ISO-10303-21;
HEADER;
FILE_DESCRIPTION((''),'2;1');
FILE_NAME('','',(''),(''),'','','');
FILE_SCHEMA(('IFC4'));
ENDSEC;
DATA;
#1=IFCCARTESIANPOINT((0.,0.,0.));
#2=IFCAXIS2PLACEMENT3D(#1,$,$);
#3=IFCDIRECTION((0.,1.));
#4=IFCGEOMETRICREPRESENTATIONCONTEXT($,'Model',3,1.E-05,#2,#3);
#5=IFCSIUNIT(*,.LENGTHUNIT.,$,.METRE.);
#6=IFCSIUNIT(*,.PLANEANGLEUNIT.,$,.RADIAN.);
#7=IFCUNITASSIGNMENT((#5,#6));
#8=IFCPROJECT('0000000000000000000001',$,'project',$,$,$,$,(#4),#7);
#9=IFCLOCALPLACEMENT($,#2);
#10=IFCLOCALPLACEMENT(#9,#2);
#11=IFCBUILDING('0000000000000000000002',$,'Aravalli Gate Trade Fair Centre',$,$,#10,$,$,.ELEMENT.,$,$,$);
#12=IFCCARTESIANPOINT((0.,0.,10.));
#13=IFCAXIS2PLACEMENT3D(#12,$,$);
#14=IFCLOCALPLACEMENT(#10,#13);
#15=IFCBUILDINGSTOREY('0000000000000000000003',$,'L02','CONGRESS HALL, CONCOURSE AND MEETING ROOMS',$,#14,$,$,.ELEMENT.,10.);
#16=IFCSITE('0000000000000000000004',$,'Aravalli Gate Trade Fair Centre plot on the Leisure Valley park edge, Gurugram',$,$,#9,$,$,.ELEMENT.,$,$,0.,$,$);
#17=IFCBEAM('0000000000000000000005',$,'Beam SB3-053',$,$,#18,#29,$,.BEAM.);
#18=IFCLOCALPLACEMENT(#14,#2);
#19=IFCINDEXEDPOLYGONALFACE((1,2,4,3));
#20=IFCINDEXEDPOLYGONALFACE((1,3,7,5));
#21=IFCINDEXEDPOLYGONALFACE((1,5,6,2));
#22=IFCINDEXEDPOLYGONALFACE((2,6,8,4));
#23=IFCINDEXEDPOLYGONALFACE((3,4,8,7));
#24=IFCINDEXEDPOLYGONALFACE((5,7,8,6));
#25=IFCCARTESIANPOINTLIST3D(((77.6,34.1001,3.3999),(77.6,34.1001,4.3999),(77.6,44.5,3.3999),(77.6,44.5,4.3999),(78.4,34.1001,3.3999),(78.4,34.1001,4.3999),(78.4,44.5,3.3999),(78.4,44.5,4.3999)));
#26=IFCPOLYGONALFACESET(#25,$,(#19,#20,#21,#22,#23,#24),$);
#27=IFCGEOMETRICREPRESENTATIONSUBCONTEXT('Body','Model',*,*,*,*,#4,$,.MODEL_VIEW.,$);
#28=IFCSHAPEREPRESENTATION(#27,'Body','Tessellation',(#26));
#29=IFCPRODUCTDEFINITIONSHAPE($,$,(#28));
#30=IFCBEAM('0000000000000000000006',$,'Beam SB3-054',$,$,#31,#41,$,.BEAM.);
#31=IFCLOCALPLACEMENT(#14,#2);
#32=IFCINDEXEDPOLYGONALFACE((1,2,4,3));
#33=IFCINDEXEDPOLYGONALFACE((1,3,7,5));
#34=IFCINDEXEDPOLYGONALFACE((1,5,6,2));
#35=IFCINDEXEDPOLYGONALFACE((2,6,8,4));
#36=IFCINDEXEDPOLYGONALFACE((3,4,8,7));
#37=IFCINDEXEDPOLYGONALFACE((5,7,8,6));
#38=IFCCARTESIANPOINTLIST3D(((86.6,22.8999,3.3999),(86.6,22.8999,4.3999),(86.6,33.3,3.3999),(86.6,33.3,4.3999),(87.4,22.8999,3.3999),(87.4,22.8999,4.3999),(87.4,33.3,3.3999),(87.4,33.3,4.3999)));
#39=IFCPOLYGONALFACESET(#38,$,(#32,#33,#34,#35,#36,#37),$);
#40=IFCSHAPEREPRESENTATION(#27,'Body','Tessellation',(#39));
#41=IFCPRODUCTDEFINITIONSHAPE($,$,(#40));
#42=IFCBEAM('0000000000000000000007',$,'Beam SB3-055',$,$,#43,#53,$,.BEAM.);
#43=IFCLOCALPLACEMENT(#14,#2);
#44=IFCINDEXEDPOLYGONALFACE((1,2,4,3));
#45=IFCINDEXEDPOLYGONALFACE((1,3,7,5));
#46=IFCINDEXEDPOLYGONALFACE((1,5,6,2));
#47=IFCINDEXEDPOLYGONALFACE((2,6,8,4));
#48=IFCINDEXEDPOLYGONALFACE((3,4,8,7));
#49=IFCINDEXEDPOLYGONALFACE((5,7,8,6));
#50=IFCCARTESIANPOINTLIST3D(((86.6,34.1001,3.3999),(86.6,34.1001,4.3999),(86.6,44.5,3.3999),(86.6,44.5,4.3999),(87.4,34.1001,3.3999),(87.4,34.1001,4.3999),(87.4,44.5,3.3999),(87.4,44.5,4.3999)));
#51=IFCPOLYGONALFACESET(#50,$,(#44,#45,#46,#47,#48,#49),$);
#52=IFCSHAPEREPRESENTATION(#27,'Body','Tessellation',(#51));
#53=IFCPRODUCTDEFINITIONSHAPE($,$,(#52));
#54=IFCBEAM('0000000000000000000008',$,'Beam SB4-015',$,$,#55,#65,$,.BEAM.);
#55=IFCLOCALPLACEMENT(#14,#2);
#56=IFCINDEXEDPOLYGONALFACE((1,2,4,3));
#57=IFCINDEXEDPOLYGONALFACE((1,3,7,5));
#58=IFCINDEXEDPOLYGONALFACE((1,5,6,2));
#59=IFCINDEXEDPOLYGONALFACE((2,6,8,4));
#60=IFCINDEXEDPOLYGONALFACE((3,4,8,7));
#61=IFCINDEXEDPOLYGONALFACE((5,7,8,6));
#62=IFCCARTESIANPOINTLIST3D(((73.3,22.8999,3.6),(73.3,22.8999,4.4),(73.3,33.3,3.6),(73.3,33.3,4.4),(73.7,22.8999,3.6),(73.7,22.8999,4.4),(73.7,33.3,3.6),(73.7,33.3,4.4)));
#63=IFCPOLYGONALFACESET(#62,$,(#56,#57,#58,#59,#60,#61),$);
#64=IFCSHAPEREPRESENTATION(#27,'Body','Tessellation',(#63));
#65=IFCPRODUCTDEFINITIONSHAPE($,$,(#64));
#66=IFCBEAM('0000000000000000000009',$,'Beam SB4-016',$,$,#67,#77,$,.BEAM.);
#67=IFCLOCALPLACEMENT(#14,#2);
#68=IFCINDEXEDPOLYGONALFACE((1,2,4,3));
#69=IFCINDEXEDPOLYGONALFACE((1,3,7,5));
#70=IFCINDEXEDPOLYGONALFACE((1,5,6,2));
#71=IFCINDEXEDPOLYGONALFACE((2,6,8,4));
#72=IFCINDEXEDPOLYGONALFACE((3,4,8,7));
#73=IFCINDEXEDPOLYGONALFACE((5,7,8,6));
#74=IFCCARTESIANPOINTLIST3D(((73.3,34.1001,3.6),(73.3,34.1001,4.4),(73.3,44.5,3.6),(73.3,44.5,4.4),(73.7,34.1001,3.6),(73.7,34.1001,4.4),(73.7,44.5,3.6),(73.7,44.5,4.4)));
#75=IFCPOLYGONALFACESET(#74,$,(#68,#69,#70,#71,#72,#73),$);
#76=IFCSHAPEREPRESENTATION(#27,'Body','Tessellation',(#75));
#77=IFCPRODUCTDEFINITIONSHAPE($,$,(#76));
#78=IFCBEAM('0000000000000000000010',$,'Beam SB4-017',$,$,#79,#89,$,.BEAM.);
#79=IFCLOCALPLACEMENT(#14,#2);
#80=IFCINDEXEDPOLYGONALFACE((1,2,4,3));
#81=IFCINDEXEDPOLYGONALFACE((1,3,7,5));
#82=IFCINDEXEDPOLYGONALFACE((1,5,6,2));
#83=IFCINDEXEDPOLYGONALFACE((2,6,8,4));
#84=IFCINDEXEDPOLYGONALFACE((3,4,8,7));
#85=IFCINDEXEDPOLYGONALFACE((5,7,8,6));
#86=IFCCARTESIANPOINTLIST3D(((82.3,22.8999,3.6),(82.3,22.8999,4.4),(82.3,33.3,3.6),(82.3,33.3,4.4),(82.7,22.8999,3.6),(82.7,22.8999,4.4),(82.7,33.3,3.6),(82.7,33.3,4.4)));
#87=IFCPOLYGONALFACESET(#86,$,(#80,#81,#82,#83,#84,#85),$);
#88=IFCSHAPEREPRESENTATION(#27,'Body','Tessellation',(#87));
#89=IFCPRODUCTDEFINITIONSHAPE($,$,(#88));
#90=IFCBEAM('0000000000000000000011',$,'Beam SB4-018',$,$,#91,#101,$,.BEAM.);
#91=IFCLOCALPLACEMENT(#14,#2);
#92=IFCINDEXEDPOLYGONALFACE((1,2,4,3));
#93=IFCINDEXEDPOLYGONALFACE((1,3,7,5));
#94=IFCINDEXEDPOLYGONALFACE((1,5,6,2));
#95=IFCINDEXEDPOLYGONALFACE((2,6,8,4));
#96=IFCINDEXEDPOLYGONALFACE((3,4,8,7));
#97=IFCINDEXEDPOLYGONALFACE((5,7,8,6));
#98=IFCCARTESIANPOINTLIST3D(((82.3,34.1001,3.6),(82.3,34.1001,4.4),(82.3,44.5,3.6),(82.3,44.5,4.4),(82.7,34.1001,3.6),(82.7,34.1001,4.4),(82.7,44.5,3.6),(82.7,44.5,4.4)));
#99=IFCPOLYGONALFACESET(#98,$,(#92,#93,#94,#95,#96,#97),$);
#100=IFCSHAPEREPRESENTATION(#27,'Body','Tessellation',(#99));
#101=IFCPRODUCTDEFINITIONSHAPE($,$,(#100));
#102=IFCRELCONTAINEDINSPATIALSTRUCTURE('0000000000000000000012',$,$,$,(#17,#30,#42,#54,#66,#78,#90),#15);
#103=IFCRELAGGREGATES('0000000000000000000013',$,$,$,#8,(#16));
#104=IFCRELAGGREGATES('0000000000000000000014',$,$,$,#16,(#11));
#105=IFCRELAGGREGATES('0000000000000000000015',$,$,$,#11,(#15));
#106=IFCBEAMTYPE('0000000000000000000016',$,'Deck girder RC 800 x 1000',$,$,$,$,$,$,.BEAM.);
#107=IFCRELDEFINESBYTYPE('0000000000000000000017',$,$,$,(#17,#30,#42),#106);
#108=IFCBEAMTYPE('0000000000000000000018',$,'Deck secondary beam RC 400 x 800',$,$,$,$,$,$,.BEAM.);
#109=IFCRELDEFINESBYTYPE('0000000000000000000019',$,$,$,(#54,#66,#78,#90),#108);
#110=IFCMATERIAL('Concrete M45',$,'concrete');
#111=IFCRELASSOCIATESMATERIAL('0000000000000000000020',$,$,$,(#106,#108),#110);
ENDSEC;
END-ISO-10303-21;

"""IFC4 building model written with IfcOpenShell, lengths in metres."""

from ifc_helpers import new_model, si_unit, direction, frame, origin, origin_2d, place, context, subcontext, project, spatial, rectangle, extrude, material, material_profile, profile_set, type_object, element, save


model = new_model("IFC4")

# Units and contexts
model_context = context("Model", 3, precision=1e-05, world=origin(), true_north=direction((0.0, 1.0)))
body_context = subcontext(model_context, "Body", "Model", "MODEL_VIEW")
ifc_project = project(units=[si_unit("LENGTHUNIT", "METRE"), si_unit("PLANEANGLEUNIT", "RADIAN")], contexts=[model_context])

# Site, building, storey
site_placement = place(None, origin())
site = spatial("IfcSite", under=ifc_project, at=site_placement, Name="Aravalli Gate Trade Fair Centre plot on the Leisure Valley park edge, Gurugram", CompositionType="ELEMENT", RefElevation=0.0)
building_placement = place(site_placement, origin())
building = spatial("IfcBuilding", under=site, at=building_placement, Name="Aravalli Gate Trade Fair Centre", CompositionType="ELEMENT")
storey_placement = place(building_placement, frame((0.0, 0.0, 10.0)))
storey = spatial("IfcBuildingStorey", under=building, at=storey_placement, Name="L02", Description="CONGRESS HALL, CONCOURSE AND MEETING ROOMS", CompositionType="ELEMENT", Elevation=10.0)

# Shared definitions
ifc_material = material(Name="Concrete M45", Category="concrete")

# Beams
ifc_material_profile_1 = material_profile(ifc_material, rectangle(XDim=0.8, YDim=1.0, at=origin_2d()), Name="Deck girder RC 800 x 1000")
ifc_profile_set_1 = profile_set([ifc_material_profile_1], Name="Concrete M45")
beam_type_1 = type_object("IfcBeamType", Name="Deck girder RC 800 x 1000", PredefinedType="BEAM", material=ifc_profile_set_1)
beam_1_placement = place(storey_placement, frame((78.0, 34.1001, 3.8999), z_axis=(0.0, 1.0, 0.0), x_axis=(-1.0, 0.0, 0.0)))
element("IfcBeam", 1, at=beam_1_placement, inside=storey, type_object=beam_type_1, Name="Beam SB3-053", PredefinedType="BEAM", context=body_context, shape_type="SweptSolid", body=[
    extrude(rectangle(XDim=0.8, YDim=1.0, at=origin_2d()), origin(), (0.0, 0.0, 1.0), 10.3999),
])
beam_2_placement = place(storey_placement, frame((87.0, 22.8999, 3.8999), z_axis=(0.0, 1.0, 0.0), x_axis=(-1.0, 0.0, 0.0)))
element("IfcBeam", 2, at=beam_2_placement, inside=storey, type_object=beam_type_1, Name="Beam SB3-054", PredefinedType="BEAM", context=body_context, shape_type="SweptSolid", body=[
    extrude(rectangle(XDim=0.8, YDim=1.0, at=origin_2d()), origin(), (0.0, 0.0, 1.0), 10.4001),
])
beam_3_placement = place(storey_placement, frame((87.0, 34.1001, 3.8999), z_axis=(0.0, 1.0, 0.0), x_axis=(-1.0, 0.0, 0.0)))
element("IfcBeam", 3, at=beam_3_placement, inside=storey, type_object=beam_type_1, Name="Beam SB3-055", PredefinedType="BEAM", context=body_context, shape_type="SweptSolid", body=[
    extrude(rectangle(XDim=0.8, YDim=1.0, at=origin_2d()), origin(), (0.0, 0.0, 1.0), 10.3999),
])
ifc_material_profile_2 = material_profile(ifc_material, rectangle(XDim=0.3999, YDim=0.8, at=origin_2d()), Name="Deck secondary beam RC 400 x 800")
ifc_profile_set_2 = profile_set([ifc_material_profile_2], Name="Concrete M45")
beam_type_2 = type_object("IfcBeamType", Name="Deck secondary beam RC 400 x 800", PredefinedType="BEAM", material=ifc_profile_set_2)
beam_4_placement = place(storey_placement, frame((73.5, 22.8999, 4.0), z_axis=(0.0, 1.0, 0.0), x_axis=(-1.0, 0.0, 0.0)))
element("IfcBeam", 4, at=beam_4_placement, inside=storey, type_object=beam_type_2, Name="Beam SB4-015", PredefinedType="BEAM", context=body_context, shape_type="SweptSolid", body=[
    extrude(rectangle(XDim=0.3999, YDim=0.8, at=origin_2d()), origin(), (0.0, 0.0, 1.0), 10.4001),
])
beam_5_placement = place(storey_placement, frame((73.5, 34.1001, 4.0), z_axis=(0.0, 1.0, 0.0), x_axis=(-1.0, 0.0, 0.0)))
element("IfcBeam", 5, at=beam_5_placement, inside=storey, type_object=beam_type_2, Name="Beam SB4-016", PredefinedType="BEAM", context=body_context, shape_type="SweptSolid", body=[
    extrude(rectangle(XDim=0.3999, YDim=0.8, at=origin_2d()), origin(), (0.0, 0.0, 1.0), 10.3999),
])
beam_6_placement = place(storey_placement, frame((82.5, 22.8999, 4.0), z_axis=(0.0, 1.0, 0.0), x_axis=(-1.0, 0.0, 0.0)))
element("IfcBeam", 6, at=beam_6_placement, inside=storey, type_object=beam_type_2, Name="Beam SB4-017", PredefinedType="BEAM", context=body_context, shape_type="SweptSolid", body=[
    extrude(rectangle(XDim=0.3999, YDim=0.8, at=origin_2d()), origin(), (0.0, 0.0, 1.0), 10.4001),
])
beam_7_placement = place(storey_placement, frame((82.5, 34.1001, 4.0), z_axis=(0.0, 1.0, 0.0), x_axis=(-1.0, 0.0, 0.0)))
element("IfcBeam", 7, at=beam_7_placement, inside=storey, type_object=beam_type_2, Name="Beam SB4-018", PredefinedType="BEAM", context=body_context, shape_type="SweptSolid", body=[
    extrude(rectangle(XDim=0.3999, YDim=0.8, at=origin_2d()), origin(), (0.0, 0.0, 1.0), 10.3999),
])

save(model, "model.ifc")
